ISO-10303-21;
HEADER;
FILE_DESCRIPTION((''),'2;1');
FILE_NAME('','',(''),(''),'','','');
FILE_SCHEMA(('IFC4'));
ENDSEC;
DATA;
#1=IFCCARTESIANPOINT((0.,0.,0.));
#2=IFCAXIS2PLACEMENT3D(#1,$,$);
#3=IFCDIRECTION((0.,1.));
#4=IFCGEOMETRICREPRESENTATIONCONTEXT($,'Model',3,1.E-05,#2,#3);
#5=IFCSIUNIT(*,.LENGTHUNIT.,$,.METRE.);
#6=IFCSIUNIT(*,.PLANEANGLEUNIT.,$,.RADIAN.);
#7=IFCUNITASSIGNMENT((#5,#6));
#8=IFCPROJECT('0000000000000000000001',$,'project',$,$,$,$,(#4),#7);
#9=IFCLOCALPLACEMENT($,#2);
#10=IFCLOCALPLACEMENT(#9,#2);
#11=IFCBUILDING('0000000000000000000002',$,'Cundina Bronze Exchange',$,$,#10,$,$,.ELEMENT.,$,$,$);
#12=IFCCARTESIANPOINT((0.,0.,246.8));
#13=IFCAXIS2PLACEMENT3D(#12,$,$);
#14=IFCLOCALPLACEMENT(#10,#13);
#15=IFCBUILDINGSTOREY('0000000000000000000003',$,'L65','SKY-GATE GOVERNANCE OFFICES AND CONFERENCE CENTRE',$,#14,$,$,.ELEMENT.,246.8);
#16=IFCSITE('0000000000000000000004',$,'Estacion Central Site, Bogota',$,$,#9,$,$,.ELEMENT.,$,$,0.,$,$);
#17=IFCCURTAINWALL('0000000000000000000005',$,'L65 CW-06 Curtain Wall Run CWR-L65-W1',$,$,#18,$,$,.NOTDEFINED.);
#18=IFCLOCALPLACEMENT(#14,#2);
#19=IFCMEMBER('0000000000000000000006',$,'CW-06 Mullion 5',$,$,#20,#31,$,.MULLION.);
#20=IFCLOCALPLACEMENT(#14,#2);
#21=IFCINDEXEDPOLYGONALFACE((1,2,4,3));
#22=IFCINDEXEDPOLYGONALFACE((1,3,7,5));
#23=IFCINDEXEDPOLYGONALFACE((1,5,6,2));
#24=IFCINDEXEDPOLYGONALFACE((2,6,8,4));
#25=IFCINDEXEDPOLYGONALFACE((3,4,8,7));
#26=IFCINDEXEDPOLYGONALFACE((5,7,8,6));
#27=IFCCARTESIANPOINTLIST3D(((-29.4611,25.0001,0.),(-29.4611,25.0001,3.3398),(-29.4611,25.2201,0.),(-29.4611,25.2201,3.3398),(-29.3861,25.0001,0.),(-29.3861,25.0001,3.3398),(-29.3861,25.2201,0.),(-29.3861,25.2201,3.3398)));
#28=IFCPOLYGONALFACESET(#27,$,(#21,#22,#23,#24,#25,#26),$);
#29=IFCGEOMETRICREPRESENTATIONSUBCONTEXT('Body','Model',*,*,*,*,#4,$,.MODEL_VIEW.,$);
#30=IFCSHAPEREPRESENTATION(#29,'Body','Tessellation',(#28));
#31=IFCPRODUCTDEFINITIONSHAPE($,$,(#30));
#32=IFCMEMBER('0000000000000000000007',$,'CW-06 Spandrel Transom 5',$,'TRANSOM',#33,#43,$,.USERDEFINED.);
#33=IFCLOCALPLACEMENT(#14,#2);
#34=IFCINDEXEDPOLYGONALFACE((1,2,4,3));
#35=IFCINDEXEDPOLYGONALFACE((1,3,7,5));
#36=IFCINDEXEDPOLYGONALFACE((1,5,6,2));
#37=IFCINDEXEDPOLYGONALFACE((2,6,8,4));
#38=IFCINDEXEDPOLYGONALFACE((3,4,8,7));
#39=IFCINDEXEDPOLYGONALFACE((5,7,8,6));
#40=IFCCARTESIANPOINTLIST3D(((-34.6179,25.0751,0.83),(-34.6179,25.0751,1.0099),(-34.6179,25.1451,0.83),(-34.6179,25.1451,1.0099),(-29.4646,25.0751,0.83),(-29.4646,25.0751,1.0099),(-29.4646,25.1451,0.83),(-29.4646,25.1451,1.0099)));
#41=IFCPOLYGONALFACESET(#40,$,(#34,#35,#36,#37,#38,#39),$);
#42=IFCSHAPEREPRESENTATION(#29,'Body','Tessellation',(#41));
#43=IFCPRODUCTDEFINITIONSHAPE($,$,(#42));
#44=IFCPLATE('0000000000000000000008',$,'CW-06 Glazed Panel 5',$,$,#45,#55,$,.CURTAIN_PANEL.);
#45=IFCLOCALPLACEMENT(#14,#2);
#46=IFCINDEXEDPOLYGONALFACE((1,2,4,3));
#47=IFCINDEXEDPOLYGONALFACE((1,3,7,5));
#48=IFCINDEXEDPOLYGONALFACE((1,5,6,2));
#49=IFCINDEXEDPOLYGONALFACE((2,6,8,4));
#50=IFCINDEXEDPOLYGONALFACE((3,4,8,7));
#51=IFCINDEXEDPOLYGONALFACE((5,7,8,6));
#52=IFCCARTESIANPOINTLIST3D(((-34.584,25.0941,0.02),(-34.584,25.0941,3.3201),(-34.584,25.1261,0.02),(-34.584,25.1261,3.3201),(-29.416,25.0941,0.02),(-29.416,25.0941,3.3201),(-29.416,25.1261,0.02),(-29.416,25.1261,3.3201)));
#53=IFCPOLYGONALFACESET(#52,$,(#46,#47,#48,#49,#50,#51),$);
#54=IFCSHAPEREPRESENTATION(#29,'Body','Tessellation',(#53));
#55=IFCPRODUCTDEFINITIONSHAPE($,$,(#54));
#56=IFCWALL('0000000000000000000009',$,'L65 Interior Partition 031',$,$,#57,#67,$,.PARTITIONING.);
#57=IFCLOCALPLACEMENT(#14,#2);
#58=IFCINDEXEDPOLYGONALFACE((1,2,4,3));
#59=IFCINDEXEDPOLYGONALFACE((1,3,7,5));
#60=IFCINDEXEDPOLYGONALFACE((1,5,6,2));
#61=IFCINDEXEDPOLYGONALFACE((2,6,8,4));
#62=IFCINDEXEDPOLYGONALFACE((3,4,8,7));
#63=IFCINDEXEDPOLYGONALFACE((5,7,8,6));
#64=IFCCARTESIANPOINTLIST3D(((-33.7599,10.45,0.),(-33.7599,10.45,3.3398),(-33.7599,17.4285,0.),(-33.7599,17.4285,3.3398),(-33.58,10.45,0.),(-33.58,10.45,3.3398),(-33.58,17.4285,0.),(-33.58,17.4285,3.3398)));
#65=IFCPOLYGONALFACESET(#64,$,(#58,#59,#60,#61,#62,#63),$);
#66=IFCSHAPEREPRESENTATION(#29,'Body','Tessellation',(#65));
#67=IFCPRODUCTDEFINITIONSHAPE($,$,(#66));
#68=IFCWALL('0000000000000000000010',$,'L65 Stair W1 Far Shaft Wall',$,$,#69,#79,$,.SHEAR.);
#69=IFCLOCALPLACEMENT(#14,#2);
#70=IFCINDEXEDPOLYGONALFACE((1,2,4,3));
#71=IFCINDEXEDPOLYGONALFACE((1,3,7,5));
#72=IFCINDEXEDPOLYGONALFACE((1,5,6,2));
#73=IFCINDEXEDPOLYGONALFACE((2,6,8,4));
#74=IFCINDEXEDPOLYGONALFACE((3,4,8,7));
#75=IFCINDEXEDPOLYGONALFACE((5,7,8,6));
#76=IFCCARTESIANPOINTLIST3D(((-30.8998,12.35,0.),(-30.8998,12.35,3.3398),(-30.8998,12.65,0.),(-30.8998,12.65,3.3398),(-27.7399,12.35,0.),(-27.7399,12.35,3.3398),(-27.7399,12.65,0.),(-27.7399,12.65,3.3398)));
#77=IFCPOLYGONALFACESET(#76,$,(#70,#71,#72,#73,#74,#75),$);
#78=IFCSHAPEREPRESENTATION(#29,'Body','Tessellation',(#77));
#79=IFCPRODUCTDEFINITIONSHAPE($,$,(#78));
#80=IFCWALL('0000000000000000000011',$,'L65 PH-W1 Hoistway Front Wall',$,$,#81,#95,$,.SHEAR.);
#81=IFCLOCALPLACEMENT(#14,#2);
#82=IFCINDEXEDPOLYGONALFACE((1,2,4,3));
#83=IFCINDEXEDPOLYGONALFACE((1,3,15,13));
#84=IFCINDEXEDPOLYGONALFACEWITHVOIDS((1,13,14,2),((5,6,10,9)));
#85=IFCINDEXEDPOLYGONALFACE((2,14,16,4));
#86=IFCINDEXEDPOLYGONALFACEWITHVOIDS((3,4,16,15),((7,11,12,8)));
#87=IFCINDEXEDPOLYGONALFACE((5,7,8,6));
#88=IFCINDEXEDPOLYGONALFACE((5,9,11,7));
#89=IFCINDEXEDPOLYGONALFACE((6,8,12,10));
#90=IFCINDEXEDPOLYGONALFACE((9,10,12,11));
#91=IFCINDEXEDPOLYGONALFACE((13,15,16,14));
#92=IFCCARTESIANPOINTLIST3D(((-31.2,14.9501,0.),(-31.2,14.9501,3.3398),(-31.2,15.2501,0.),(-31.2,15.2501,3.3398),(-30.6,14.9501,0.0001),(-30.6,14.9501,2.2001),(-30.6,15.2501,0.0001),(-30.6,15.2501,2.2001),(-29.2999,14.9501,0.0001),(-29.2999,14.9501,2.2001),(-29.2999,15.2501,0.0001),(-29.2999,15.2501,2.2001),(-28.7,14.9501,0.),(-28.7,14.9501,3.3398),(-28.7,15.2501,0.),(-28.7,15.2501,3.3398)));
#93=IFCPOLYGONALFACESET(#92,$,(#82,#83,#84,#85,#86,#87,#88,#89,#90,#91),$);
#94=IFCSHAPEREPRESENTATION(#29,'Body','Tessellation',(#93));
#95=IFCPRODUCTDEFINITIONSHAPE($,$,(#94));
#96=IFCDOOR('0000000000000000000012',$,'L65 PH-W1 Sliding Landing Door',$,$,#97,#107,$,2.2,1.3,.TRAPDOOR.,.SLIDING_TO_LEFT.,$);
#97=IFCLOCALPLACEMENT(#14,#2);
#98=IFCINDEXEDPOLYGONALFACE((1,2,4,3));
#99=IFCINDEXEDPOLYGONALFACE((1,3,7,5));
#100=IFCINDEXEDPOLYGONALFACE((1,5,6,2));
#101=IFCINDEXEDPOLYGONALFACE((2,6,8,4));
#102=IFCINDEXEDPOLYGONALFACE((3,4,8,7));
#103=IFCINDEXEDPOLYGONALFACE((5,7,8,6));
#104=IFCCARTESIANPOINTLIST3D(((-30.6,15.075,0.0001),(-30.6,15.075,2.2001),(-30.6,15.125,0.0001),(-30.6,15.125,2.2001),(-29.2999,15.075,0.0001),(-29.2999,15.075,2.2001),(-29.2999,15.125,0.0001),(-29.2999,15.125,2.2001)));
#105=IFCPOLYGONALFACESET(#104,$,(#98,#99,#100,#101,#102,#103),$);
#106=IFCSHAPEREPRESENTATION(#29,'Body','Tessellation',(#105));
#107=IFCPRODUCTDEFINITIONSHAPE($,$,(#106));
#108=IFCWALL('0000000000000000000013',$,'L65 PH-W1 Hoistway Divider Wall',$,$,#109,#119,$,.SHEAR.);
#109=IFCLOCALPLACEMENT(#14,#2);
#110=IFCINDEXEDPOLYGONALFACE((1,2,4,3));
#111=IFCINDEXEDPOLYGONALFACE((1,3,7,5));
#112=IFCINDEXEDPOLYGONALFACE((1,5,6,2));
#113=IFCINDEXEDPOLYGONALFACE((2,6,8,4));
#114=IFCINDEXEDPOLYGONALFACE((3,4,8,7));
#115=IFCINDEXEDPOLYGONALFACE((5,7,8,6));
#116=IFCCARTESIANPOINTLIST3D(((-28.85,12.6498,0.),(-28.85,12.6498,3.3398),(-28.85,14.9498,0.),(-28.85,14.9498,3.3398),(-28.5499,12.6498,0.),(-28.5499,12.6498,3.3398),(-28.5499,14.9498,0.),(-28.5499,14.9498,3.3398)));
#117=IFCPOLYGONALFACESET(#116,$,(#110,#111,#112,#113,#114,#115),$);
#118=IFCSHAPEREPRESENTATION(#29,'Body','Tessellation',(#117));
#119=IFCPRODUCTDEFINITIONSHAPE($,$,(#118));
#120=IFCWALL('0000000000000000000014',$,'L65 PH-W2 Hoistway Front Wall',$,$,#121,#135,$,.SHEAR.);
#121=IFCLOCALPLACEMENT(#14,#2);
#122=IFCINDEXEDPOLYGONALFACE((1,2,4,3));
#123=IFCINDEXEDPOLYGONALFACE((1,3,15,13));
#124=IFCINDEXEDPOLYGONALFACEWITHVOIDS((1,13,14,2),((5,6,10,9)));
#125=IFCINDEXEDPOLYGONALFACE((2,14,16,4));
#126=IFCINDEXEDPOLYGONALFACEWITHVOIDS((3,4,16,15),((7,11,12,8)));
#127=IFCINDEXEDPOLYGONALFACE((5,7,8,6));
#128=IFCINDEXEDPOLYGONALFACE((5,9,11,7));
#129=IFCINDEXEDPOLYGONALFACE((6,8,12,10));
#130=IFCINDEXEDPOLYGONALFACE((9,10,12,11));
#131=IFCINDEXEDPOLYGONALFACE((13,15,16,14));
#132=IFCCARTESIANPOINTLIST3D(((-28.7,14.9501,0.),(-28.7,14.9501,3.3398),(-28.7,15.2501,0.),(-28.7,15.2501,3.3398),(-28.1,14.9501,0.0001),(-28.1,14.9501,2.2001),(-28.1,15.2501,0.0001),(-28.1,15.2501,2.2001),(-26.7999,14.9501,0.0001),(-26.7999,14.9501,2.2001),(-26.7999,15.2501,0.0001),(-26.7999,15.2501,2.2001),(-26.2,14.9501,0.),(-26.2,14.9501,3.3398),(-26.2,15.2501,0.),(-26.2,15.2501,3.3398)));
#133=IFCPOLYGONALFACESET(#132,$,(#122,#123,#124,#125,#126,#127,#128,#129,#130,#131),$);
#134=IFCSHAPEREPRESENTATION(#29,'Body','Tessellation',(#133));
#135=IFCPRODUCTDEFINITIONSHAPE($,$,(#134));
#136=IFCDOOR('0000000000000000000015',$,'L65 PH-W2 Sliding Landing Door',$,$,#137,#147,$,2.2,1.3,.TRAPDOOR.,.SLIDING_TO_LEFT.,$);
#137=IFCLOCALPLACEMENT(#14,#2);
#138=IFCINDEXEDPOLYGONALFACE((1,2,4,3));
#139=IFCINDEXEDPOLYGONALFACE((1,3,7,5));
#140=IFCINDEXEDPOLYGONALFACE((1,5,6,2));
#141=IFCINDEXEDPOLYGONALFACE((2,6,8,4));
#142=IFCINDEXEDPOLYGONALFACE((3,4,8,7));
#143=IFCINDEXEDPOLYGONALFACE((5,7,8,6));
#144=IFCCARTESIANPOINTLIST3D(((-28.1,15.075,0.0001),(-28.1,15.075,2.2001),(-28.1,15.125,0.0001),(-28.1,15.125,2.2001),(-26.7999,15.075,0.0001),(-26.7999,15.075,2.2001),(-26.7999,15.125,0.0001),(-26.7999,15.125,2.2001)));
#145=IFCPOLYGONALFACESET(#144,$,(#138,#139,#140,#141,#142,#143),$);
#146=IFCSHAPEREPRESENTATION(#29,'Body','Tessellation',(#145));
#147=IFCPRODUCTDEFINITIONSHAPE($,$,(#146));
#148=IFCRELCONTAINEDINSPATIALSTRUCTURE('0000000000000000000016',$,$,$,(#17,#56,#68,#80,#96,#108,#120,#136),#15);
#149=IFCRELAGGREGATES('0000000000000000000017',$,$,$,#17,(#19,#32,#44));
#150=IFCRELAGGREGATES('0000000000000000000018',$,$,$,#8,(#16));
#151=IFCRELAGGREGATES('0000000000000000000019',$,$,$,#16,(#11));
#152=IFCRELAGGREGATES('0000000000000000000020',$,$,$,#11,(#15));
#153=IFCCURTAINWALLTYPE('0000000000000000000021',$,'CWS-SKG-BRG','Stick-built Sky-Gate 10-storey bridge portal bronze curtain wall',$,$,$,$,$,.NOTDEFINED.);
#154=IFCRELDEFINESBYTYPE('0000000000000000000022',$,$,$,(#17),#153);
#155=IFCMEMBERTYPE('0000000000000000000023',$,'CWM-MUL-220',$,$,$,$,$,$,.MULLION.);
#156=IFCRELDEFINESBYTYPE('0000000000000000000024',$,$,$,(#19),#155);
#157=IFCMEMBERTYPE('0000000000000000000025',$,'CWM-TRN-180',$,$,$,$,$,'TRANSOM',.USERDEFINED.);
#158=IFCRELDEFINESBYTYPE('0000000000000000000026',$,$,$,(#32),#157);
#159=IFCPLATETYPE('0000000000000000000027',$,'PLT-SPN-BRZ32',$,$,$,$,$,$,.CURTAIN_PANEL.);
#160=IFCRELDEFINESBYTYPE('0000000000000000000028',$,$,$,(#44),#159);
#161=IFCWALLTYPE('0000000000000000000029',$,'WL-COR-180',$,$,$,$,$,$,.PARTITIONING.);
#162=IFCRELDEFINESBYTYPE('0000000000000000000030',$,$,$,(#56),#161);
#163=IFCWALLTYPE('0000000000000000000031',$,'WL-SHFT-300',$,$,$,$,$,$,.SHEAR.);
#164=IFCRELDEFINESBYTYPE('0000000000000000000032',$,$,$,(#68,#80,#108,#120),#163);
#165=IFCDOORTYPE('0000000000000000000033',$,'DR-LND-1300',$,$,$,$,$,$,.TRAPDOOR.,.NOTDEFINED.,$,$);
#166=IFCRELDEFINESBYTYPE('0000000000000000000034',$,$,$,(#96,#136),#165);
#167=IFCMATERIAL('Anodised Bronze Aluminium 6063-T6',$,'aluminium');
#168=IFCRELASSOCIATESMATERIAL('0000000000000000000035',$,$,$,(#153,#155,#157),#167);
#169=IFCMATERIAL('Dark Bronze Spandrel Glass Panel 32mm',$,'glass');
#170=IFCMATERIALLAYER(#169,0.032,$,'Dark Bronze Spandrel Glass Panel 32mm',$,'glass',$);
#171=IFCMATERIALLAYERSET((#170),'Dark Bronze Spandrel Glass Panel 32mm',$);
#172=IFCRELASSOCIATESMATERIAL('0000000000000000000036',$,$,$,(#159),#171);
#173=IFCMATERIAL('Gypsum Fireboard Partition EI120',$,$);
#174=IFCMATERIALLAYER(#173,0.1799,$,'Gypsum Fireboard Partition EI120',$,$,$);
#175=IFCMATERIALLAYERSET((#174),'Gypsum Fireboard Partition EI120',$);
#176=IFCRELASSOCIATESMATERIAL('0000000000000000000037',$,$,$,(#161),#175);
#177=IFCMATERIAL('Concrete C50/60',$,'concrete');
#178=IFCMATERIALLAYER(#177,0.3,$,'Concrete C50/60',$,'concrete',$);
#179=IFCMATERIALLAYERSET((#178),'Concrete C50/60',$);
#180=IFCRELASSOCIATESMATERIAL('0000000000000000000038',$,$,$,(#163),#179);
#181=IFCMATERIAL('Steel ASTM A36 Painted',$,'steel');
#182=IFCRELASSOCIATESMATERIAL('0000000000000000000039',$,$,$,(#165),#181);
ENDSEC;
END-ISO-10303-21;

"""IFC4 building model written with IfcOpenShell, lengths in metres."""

from ifc_helpers import new_model, si_unit, direction, frame, frame_2d, origin, origin_2d, place, context, subcontext, project, spatial, rectangle, extrude, material, layer, layer_set, material_profile, profile_set, type_object, element, fill, aggregate, save


model = new_model("IFC4")

# Units and contexts
model_context = context("Model", 3, precision=1e-05, world=origin(), true_north=direction((0.0, 1.0)))
body_context = subcontext(model_context, "Body", "Model", "MODEL_VIEW")
ifc_project = project(units=[si_unit("LENGTHUNIT", "METRE"), si_unit("PLANEANGLEUNIT", "RADIAN")], contexts=[model_context])

# Site, building, storey
site_placement = place(None, origin())
site = spatial("IfcSite", under=ifc_project, at=site_placement, Name="Estacion Central Site, Bogota", CompositionType="ELEMENT", RefElevation=0.0)
building_placement = place(site_placement, origin())
building = spatial("IfcBuilding", under=site, at=building_placement, Name="Cundina Bronze Exchange", CompositionType="ELEMENT")
storey_placement = place(building_placement, frame((0.0, 0.0, 246.8)))
storey = spatial("IfcBuildingStorey", under=building, at=storey_placement, Name="L65", Description="SKY-GATE GOVERNANCE OFFICES AND CONFERENCE CENTRE", CompositionType="ELEMENT", Elevation=246.8)

# Shared definitions
ifc_material_1 = material(Name="Concrete C50/60", Category="concrete")

# Curtain wall, members, plate
ifc_material_2 = material(Name="Anodised Bronze Aluminium 6063-T6", Category="aluminium")
curtain_wall_type = type_object("IfcCurtainWallType", Name="CWS-SKG-BRG", Description="Stick-built Sky-Gate 10-storey bridge portal bronze curtain wall", PredefinedType="NOTDEFINED", material=ifc_material_2)
curtain_wall_placement = place(storey_placement, origin())
curtain_wall = element("IfcCurtainWall", 1, at=curtain_wall_placement, inside=storey, type_object=curtain_wall_type, Name="L65 CW-06 Curtain Wall Run CWR-L65-W1", PredefinedType="NOTDEFINED")
ifc_material_profile_1 = material_profile(ifc_material_2, rectangle(XDim=0.075, YDim=0.22, at=origin_2d()), Name="AL75X220", Category="aluminium")
ifc_profile_set_1 = profile_set([ifc_material_profile_1], Name="Anodised Bronze Aluminium 6063-T6")
member_type_1 = type_object("IfcMemberType", Name="CWM-MUL-220", PredefinedType="MULLION", material=ifc_profile_set_1)
member_1_placement = place(storey_placement, frame((-29.4236, 25.1101, 0.0), z_axis=(0.0, 0.0, 1.0), x_axis=(-1.0, 0.0, 0.0)))
member_1 = element("IfcMember", 2, at=member_1_placement, type_object=member_type_1, Name="CW-06 Mullion 5", PredefinedType="MULLION", context=body_context, shape_type="SweptSolid", body=[
    extrude(rectangle(XDim=0.075, YDim=0.22, at=origin_2d()), origin(), (0.0, 0.0, 1.0), 3.3398),
])
ifc_material_profile_2 = material_profile(ifc_material_2, rectangle(XDim=0.0701, YDim=0.1799, at=origin_2d()), Name="AL70X180", Category="aluminium")
ifc_profile_set_2 = profile_set([ifc_material_profile_2], Name="Anodised Bronze Aluminium 6063-T6")
member_type_2 = type_object("IfcMemberType", Name="CWM-TRN-180", ElementType="TRANSOM", PredefinedType="USERDEFINED", material=ifc_profile_set_2)
member_2_placement = place(storey_placement, frame((-29.4646, 25.1101, 0.9199), z_axis=(-1.0, 0.0, 0.0), x_axis=(0.0, -1.0, 0.0)))
member_2 = element("IfcMember", 3, at=member_2_placement, type_object=member_type_2, Name="CW-06 Spandrel Transom 5", ObjectType="TRANSOM", PredefinedType="USERDEFINED", context=body_context, shape_type="SweptSolid", body=[
    extrude(rectangle(XDim=0.0701, YDim=0.1799, at=origin_2d()), origin(), (0.0, 0.0, 1.0), 5.1533),
])
ifc_material_3 = material(Name="Dark Bronze Spandrel Glass Panel 32mm", Category="glass")
ifc_layer_1 = layer(ifc_material_3, 0.032, Name="Dark Bronze Spandrel Glass Panel 32mm", Category="glass")
ifc_layer_set_1 = layer_set([ifc_layer_1], Name="Dark Bronze Spandrel Glass Panel 32mm")
plate_type = type_object("IfcPlateType", Name="PLT-SPN-BRZ32", PredefinedType="CURTAIN_PANEL", material=ifc_layer_set_1)
plate_placement = place(storey_placement, frame((-32.0, 25.1101, 0.02), z_axis=(0.0, 0.0, 1.0), x_axis=(-1.0, 0.0, 0.0)))
plate = element("IfcPlate", 4, at=plate_placement, type_object=plate_type, Name="CW-06 Glazed Panel 5", PredefinedType="CURTAIN_PANEL", context=body_context, shape_type="SweptSolid", body=[
    extrude(rectangle(XDim=5.168, YDim=0.032, at=origin_2d()), origin(), (0.0, 0.0, 1.0), 3.3),
])
aggregate(curtain_wall, [member_1, member_2, plate])

# Shared definitions
ifc_material_4 = material(Name="Gypsum Fireboard Partition EI120")
ifc_layer_2 = layer(ifc_material_4, 0.1799, Name="Gypsum Fireboard Partition EI120")
ifc_layer_set_2 = layer_set([ifc_layer_2], Name="Gypsum Fireboard Partition EI120")
wall_type_1 = type_object("IfcWallType", Name="WL-COR-180", PredefinedType="PARTITIONING", material=ifc_layer_set_2)

# Wall
wall_1_placement = place(storey_placement, frame((-33.6699, 17.4285, 0.0), z_axis=(0.0, 0.0, 1.0), x_axis=(0.0, -1.0, 0.0)))
element("IfcWall", 5, at=wall_1_placement, inside=storey, type_object=wall_type_1, Name="L65 Interior Partition 031", PredefinedType="PARTITIONING", context=body_context, shape_type="SweptSolid", body=[
    extrude(rectangle(XDim=6.9785, YDim=0.1799, at=frame_2d((3.4893, 0.0))), origin(), (0.0, 0.0, 1.0), 3.3398),
])

# Shared definitions
ifc_layer_3 = layer(ifc_material_1, 0.3, Name="Concrete C50/60", Category="concrete")
ifc_layer_set_3 = layer_set([ifc_layer_3], Name="Concrete C50/60")
wall_type_2 = type_object("IfcWallType", Name="WL-SHFT-300", PredefinedType="SHEAR", material=ifc_layer_set_3)
ifc_material_5 = material(Name="Steel ASTM A36 Painted", Category="steel")

# Wall
wall_2_placement = place(storey_placement, frame((-30.8999, 12.5, 0.0), z_axis=(0.0, 0.0, 1.0), x_axis=(1.0, 0.0, 0.0)))
element("IfcWall", 6, at=wall_2_placement, inside=storey, type_object=wall_type_2, Name="L65 Stair W1 Far Shaft Wall", PredefinedType="SHEAR", context=body_context, shape_type="SweptSolid", body=[
    extrude(rectangle(XDim=3.1599, YDim=0.3, at=frame_2d((1.5801, 0.0))), origin(), (0.0, 0.0, 1.0), 3.3398),
])

# Wall, opening, door
wall_3_placement = place(storey_placement, frame((-31.2, 15.1001, 0.0), z_axis=(0.0, 0.0, 1.0), x_axis=(1.0, 0.0, 0.0)))
wall_3 = element("IfcWall", 7, at=wall_3_placement, inside=storey, type_object=wall_type_2, Name="L65 PH-W1 Hoistway Front Wall", PredefinedType="SHEAR", context=body_context, shape_type="SweptSolid", body=[
    extrude(rectangle(XDim=2.5, YDim=0.3, at=frame_2d((1.25, 0.0))), origin(), (0.0, 0.0, 1.0), 3.3398),
])
opening_1_placement = place(wall_3_placement, frame((0.6001, 0.0, 0.0)))
opening_1 = element("IfcOpeningElement", 8, at=opening_1_placement, cuts=wall_3, PredefinedType="OPENING", context=body_context, shape_type="SweptSolid", body=[
    extrude(rectangle(XDim=1.3, YDim=2.2, at=frame_2d((0.6499, 1.1001))), frame((0.0, 0.1599, 0.0), z_axis=(0.0, -1.0, 0.0), x_axis=(1.0, 0.0, 0.0)), (0.0, 0.0, 1.0), 0.3201),
])
door_type_1 = type_object("IfcDoorType", Name="DR-LND-1300", OperationType="NOTDEFINED", PredefinedType="TRAPDOOR", material=ifc_material_5)
door_1_placement = place(opening_1_placement, origin())
door_1 = element("IfcDoor", 9, at=door_1_placement, inside=storey, type_object=door_type_1, Name="L65 PH-W1 Sliding Landing Door", OperationType="SLIDING_TO_LEFT", OverallHeight=2.2, OverallWidth=1.3, PredefinedType="TRAPDOOR", context=body_context, shape_type="SweptSolid", body=[
    extrude(rectangle(XDim=1.3, YDim=2.2, at=frame_2d((0.6499, 1.1001))), frame((0.0, 0.0249, 0.0), z_axis=(0.0, -1.0, 0.0), x_axis=(1.0, 0.0, 0.0)), (0.0, 0.0, 1.0), 0.05),
])
fill(opening_1, door_1)

# Wall
wall_4_placement = place(storey_placement, frame((-28.7, 12.6499, 0.0), z_axis=(0.0, 0.0, 1.0), x_axis=(0.0, 1.0, 0.0)))
element("IfcWall", 10, at=wall_4_placement, inside=storey, type_object=wall_type_2, Name="L65 PH-W1 Hoistway Divider Wall", PredefinedType="SHEAR", context=body_context, shape_type="SweptSolid", body=[
    extrude(rectangle(XDim=2.3, YDim=0.3, at=frame_2d((1.1499, 0.0))), origin(), (0.0, 0.0, 1.0), 3.3398),
])

# Wall, opening, door
wall_5_placement = place(storey_placement, frame((-28.7, 15.1001, 0.0), z_axis=(0.0, 0.0, 1.0), x_axis=(1.0, 0.0, 0.0)))
wall_5 = element("IfcWall", 11, at=wall_5_placement, inside=storey, type_object=wall_type_2, Name="L65 PH-W2 Hoistway Front Wall", PredefinedType="SHEAR", context=body_context, shape_type="SweptSolid", body=[
    extrude(rectangle(XDim=2.5, YDim=0.3, at=frame_2d((1.25, 0.0))), origin(), (0.0, 0.0, 1.0), 3.3398),
])
opening_2_placement = place(wall_5_placement, frame((0.6001, 0.0, 0.0)))
opening_2 = element("IfcOpeningElement", 12, at=opening_2_placement, cuts=wall_5, PredefinedType="OPENING", context=body_context, shape_type="SweptSolid", body=[
    extrude(rectangle(XDim=1.3, YDim=2.2, at=frame_2d((0.6499, 1.1001))), frame((0.0, 0.1599, 0.0), z_axis=(0.0, -1.0, 0.0), x_axis=(1.0, 0.0, 0.0)), (0.0, 0.0, 1.0), 0.3201),
])
door_2_placement = place(opening_2_placement, origin())
door_2 = element("IfcDoor", 13, at=door_2_placement, inside=storey, type_object=door_type_1, Name="L65 PH-W2 Sliding Landing Door", OperationType="SLIDING_TO_LEFT", OverallHeight=2.2, OverallWidth=1.3, PredefinedType="TRAPDOOR", context=body_context, shape_type="SweptSolid", body=[
    extrude(rectangle(XDim=1.3, YDim=2.2, at=frame_2d((0.6499, 1.1001))), frame((0.0, 0.0249, 0.0), z_axis=(0.0, -1.0, 0.0), x_axis=(1.0, 0.0, 0.0)), (0.0, 0.0, 1.0), 0.05),
])
fill(opening_2, door_2)

save(model, "model.ifc")
